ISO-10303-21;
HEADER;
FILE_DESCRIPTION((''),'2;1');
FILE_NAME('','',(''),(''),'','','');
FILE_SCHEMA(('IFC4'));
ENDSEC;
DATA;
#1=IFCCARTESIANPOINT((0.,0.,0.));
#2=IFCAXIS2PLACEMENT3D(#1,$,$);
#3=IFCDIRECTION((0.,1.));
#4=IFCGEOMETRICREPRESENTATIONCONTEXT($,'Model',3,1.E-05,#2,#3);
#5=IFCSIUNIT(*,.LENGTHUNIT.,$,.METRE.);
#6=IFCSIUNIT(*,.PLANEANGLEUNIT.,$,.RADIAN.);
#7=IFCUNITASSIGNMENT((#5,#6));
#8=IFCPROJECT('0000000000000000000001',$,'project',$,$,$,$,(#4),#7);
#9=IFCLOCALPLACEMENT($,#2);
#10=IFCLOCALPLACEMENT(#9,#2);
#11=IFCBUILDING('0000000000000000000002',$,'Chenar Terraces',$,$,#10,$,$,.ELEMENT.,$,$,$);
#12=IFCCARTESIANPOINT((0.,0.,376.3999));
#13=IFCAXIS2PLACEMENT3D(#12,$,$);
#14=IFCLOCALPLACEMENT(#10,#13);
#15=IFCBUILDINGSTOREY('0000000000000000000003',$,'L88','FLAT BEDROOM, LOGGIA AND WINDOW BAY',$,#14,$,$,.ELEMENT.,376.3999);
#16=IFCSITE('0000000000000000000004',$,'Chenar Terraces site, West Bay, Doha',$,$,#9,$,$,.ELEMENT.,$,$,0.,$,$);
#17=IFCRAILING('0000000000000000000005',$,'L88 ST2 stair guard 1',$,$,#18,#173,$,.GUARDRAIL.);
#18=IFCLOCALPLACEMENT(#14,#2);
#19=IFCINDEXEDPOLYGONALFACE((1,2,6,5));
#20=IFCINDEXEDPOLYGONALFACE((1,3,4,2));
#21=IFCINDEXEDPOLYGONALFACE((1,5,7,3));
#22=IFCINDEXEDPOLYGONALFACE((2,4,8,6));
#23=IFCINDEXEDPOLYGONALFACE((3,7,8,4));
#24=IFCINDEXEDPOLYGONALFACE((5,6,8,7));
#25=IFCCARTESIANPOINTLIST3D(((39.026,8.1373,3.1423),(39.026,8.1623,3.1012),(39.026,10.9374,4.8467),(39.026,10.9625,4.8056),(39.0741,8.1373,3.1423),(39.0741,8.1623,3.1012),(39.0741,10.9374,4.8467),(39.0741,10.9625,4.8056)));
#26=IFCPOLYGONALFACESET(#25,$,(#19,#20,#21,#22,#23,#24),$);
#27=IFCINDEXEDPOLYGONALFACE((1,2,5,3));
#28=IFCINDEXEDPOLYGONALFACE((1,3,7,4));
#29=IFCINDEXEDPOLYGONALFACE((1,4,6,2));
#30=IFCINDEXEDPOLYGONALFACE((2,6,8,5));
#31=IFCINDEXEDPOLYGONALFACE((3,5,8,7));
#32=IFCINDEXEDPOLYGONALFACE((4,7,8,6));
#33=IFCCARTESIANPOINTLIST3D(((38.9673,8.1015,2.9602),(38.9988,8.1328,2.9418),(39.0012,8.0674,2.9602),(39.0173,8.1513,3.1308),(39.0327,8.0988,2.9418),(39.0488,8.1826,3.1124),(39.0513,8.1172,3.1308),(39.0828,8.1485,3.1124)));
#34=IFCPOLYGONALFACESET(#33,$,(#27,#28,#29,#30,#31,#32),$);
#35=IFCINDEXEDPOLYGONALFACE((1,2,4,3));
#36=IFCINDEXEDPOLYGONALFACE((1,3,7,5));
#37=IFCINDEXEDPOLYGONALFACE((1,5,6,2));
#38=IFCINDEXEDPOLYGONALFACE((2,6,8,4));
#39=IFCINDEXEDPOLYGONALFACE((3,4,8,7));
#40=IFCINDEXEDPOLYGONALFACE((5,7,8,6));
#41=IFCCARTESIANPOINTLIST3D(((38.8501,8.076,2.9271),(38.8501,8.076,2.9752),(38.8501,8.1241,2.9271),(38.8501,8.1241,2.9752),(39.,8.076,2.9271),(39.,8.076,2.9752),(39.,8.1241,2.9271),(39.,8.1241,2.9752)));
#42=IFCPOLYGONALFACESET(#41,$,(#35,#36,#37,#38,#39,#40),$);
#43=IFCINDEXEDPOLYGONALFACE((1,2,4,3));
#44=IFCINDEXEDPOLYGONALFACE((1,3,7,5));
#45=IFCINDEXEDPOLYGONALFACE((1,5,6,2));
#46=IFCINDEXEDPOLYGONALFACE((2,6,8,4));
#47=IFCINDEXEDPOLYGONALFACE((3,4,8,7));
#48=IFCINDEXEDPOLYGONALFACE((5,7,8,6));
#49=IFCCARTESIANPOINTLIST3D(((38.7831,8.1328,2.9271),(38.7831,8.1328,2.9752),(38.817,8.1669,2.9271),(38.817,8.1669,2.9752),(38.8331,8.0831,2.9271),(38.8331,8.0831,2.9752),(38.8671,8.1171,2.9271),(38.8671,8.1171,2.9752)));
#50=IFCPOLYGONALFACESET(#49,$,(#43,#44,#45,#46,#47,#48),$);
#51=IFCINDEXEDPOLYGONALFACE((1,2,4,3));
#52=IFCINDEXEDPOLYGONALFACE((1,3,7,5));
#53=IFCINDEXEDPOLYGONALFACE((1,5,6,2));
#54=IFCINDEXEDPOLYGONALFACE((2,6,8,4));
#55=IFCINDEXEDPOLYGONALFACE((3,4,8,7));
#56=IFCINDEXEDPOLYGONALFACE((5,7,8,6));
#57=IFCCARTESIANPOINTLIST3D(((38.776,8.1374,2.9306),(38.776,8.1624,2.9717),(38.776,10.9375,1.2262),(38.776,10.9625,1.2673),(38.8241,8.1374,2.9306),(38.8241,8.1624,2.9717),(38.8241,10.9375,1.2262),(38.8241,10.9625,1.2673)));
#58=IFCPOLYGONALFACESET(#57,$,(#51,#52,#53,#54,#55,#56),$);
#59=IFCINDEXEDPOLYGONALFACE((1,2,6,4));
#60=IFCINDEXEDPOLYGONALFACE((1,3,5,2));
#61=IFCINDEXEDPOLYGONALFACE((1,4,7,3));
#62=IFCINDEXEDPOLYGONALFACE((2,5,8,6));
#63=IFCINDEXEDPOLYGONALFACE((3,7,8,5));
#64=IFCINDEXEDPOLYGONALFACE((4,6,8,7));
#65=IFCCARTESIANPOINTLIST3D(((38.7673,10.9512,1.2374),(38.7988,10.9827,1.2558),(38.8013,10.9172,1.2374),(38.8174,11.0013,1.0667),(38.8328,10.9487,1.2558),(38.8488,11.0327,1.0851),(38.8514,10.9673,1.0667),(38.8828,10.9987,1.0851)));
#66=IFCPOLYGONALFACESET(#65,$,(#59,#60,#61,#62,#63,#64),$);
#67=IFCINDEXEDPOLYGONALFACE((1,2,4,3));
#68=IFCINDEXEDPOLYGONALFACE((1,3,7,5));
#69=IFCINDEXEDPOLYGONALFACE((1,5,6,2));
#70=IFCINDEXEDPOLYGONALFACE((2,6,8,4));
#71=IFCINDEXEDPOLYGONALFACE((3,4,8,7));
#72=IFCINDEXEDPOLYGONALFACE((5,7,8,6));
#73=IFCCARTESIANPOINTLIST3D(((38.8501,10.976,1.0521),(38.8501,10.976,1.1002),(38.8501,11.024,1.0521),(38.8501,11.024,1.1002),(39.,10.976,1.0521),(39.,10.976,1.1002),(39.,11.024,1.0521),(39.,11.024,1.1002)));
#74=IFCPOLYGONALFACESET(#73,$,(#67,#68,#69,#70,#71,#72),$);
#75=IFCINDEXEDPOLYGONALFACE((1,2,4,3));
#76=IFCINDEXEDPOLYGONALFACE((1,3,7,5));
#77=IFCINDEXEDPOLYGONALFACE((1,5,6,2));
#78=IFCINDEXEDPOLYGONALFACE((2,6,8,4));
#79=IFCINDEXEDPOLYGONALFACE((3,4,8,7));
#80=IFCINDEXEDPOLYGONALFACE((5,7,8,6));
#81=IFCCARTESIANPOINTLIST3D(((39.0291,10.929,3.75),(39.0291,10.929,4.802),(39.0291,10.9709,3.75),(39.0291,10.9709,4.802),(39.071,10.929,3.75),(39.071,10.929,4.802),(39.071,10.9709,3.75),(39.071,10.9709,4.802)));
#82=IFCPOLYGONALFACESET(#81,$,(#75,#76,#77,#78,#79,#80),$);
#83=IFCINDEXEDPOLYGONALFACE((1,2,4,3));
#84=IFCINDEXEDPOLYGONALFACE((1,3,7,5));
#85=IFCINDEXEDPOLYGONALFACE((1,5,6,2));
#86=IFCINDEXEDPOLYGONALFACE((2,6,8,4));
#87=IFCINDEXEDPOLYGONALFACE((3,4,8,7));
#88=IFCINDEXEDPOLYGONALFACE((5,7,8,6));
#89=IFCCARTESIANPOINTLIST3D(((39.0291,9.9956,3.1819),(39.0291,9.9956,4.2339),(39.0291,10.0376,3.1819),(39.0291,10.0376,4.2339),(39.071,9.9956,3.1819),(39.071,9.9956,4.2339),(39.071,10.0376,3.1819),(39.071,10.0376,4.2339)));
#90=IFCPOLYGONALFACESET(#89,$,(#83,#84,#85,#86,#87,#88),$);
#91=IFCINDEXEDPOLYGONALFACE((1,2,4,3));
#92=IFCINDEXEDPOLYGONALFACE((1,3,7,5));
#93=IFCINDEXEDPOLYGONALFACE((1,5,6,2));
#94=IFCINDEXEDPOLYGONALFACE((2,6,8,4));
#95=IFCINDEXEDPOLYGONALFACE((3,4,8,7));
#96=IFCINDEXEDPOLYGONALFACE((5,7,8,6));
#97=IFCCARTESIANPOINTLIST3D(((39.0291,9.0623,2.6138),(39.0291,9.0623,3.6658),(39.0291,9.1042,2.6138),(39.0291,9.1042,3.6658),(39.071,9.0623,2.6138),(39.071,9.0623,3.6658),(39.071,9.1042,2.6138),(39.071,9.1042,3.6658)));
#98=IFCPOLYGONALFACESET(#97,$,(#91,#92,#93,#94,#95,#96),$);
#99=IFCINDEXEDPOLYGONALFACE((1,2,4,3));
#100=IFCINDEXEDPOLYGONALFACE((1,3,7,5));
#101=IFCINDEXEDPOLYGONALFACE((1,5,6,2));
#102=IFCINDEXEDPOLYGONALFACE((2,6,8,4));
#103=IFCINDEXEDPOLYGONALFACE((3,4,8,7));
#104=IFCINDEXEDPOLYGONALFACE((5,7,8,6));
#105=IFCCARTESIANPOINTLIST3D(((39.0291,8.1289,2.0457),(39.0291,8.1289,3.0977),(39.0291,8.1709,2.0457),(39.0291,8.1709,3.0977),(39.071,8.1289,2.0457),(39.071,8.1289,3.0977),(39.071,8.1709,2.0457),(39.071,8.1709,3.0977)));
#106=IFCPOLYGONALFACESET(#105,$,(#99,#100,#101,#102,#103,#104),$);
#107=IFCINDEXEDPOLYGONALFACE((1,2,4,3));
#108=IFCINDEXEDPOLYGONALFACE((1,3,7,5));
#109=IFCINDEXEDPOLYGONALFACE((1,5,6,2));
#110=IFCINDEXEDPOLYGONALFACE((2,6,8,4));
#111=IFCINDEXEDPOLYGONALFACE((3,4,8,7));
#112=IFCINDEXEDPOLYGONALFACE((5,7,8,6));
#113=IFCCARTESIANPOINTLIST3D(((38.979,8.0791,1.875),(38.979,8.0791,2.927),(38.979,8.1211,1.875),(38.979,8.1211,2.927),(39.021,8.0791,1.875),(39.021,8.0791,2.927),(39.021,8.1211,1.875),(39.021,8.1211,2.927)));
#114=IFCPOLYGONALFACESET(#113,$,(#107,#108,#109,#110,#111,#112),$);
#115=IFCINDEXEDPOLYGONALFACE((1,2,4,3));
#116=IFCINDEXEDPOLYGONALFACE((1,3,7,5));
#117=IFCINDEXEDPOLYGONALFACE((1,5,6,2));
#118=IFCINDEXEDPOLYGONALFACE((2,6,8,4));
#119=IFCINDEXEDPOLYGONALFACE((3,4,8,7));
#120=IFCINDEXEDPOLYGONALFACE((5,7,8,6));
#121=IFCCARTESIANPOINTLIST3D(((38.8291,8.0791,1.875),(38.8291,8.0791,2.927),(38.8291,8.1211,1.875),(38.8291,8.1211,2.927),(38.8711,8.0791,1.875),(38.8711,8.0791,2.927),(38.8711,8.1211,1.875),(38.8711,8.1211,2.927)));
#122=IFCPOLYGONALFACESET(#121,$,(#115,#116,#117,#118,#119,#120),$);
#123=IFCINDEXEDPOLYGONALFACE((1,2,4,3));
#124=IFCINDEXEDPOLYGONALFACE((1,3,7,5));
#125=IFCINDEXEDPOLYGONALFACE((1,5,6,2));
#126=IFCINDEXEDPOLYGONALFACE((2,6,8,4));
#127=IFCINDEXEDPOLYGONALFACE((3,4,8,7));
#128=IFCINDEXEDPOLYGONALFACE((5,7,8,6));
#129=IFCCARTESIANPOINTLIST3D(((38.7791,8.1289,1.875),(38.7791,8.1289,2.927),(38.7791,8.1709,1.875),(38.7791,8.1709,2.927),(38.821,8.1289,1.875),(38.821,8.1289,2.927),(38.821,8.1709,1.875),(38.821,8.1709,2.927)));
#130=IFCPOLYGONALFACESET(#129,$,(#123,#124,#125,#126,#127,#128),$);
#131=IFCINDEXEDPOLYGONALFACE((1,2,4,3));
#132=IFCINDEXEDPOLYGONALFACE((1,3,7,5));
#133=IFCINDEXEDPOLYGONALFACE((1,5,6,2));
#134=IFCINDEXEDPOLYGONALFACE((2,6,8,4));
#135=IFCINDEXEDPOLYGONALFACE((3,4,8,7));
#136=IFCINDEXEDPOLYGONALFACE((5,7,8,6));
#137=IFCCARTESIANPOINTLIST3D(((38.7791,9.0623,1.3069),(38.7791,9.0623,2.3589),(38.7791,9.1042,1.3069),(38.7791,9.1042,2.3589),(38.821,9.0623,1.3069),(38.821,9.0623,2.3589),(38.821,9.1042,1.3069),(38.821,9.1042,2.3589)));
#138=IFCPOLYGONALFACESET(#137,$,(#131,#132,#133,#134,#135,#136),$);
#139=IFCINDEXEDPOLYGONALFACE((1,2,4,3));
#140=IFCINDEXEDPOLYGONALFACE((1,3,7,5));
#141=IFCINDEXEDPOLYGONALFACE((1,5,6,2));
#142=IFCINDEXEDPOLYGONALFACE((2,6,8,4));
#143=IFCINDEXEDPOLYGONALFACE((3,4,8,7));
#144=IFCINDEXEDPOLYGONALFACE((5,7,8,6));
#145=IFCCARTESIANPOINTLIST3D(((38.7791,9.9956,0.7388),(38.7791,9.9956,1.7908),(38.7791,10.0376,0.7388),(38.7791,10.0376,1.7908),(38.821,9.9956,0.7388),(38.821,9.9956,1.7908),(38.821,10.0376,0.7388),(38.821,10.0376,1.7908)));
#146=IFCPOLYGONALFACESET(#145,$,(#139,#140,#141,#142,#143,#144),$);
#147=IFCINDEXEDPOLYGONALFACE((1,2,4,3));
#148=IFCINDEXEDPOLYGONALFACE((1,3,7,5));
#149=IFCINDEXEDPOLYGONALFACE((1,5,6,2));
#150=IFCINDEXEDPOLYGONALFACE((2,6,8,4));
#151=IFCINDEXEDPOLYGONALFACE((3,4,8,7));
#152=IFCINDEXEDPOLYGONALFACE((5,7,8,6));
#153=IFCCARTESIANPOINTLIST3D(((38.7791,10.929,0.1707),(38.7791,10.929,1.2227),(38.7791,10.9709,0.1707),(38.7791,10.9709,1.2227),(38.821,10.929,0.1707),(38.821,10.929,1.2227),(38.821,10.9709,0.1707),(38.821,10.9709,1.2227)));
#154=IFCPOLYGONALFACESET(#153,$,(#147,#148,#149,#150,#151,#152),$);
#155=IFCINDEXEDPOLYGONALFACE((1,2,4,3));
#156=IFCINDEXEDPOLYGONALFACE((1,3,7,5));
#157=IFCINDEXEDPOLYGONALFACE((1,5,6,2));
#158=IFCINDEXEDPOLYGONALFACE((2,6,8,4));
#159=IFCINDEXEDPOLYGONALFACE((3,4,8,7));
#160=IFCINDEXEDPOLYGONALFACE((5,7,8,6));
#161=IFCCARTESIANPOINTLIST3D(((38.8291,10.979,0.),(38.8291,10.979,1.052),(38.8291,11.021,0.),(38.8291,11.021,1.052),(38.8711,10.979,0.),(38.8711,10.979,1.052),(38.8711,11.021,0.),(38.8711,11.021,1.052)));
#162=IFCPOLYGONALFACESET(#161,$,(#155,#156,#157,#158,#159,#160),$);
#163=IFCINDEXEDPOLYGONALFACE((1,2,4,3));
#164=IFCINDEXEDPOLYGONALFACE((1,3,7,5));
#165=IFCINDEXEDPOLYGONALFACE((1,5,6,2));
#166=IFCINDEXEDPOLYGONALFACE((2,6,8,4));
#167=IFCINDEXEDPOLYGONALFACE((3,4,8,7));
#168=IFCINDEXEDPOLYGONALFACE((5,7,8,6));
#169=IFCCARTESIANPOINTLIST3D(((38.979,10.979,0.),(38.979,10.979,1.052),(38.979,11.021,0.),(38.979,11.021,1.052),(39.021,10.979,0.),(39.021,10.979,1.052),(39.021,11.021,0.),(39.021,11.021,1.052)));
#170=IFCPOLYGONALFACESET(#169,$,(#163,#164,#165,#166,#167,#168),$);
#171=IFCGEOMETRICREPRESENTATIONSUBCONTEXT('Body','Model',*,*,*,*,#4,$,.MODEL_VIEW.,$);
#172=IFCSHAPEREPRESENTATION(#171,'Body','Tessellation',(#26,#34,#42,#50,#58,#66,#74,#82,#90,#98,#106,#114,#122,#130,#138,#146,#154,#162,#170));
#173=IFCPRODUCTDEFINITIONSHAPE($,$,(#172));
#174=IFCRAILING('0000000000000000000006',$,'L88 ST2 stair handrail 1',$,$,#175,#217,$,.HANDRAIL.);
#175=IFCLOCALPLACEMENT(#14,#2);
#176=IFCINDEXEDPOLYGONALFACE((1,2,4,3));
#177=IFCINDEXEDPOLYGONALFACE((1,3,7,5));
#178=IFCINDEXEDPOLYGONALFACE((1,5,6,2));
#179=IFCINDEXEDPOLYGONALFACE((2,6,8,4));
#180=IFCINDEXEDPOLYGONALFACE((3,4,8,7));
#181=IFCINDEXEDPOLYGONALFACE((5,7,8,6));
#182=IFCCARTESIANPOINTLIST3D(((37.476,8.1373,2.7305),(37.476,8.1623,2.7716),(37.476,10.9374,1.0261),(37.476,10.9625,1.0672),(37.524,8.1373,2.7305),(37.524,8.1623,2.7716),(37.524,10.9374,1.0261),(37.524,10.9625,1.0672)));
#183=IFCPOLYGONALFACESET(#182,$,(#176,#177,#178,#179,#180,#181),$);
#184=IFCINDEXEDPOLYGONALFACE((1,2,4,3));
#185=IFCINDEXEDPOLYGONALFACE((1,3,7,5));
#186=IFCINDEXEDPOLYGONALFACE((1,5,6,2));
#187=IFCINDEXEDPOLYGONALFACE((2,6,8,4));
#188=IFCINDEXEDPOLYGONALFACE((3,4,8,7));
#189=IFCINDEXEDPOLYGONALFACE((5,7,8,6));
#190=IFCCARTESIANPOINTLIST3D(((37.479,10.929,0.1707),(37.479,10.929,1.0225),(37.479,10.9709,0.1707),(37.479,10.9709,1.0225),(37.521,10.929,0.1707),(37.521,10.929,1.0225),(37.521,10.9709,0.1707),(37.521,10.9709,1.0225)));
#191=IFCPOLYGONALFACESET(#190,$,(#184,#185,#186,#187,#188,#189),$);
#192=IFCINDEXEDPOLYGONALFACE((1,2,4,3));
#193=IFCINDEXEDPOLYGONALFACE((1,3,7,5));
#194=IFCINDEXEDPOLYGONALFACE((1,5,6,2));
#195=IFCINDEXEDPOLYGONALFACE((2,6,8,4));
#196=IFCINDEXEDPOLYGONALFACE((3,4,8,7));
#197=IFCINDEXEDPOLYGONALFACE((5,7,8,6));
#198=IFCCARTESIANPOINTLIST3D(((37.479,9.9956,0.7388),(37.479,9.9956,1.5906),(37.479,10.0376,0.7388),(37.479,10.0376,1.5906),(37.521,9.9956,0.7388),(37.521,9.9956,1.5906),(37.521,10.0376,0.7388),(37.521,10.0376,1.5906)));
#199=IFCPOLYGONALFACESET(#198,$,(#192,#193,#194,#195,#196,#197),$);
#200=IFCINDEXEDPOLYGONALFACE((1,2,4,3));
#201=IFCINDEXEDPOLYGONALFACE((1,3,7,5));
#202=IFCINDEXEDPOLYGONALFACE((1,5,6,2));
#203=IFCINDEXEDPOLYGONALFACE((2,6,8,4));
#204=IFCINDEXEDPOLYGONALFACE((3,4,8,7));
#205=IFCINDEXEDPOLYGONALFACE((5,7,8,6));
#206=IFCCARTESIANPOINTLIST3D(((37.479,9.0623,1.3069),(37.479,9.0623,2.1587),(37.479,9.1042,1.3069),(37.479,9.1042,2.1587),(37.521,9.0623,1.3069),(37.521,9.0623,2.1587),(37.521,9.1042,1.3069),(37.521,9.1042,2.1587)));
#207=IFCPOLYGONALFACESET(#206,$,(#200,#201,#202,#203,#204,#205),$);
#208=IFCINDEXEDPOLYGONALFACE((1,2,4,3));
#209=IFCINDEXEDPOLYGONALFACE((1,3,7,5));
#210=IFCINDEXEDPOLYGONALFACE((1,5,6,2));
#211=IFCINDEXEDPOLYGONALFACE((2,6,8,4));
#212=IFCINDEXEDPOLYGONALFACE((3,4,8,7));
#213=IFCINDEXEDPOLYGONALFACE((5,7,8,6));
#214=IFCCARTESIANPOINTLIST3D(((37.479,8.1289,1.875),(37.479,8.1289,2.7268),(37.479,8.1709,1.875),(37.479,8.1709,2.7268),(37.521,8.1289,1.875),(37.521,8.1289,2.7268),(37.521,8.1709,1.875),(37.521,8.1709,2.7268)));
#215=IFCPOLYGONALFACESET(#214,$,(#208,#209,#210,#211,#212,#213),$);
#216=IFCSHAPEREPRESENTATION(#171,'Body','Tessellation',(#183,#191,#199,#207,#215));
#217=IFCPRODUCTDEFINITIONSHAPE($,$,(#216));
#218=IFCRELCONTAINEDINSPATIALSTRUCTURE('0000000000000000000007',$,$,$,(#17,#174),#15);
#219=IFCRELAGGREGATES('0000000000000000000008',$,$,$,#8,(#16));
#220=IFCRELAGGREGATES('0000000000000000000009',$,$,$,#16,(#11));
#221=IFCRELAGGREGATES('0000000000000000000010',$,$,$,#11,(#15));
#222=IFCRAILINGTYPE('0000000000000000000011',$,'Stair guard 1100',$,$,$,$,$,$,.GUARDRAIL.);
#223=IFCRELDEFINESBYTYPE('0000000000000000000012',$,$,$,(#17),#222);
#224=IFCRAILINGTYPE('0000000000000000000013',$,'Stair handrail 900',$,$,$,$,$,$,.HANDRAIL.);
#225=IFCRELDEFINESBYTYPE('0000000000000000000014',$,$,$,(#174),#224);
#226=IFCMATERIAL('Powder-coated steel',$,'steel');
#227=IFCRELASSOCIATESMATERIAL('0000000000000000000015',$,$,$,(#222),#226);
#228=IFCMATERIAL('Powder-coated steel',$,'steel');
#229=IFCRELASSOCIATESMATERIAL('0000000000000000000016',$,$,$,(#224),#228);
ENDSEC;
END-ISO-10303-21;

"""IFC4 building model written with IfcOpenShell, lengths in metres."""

from ifc_helpers import new_model, si_unit, direction, frame, origin, origin_2d, place, context, subcontext, project, spatial, rectangle, extrude, material, type_object, element, save


model = new_model("IFC4")

# Units and contexts
model_context = context("Model", 3, precision=1e-05, world=origin(), true_north=direction((0.0, 1.0)))
body_context = subcontext(model_context, "Body", "Model", "MODEL_VIEW")
ifc_project = project(units=[si_unit("LENGTHUNIT", "METRE"), si_unit("PLANEANGLEUNIT", "RADIAN")], contexts=[model_context])

# Site, building, storey
site_placement = place(None, origin())
site = spatial("IfcSite", under=ifc_project, at=site_placement, Name="Chenar Terraces site, West Bay, Doha", CompositionType="ELEMENT", RefElevation=0.0)
building_placement = place(site_placement, origin())
building = spatial("IfcBuilding", under=site, at=building_placement, Name="Chenar Terraces", CompositionType="ELEMENT")
storey_placement = place(building_placement, frame((0.0, 0.0, 376.3999)))
storey = spatial("IfcBuildingStorey", under=building, at=storey_placement, Name="L88", Description="FLAT BEDROOM, LOGGIA AND WINDOW BAY", CompositionType="ELEMENT", Elevation=376.3999)

# Railings
ifc_material_1 = material(Name="Powder-coated steel", Category="steel")
railing_type_1 = type_object("IfcRailingType", Name="Stair guard 1100", PredefinedType="GUARDRAIL", material=ifc_material_1)
railing_1_placement = place(storey_placement, frame((39.05, 10.95, 3.75)))
element("IfcRailing", 1, at=railing_1_placement, inside=storey, type_object=railing_type_1, Name="L88 ST2 stair guard 1", PredefinedType="GUARDRAIL", context=body_context, shape_type="SweptSolid", body=[
    extrude(rectangle(XDim=0.0481, YDim=0.0481, at=origin_2d()), frame((0.0, 0.0, 1.0762), z_axis=(0.0, -0.854203, -0.51994), x_axis=(1.0, 0.0, 0.0)), (0.0, 0.0, 1.0), 3.2781),
    extrude(rectangle(XDim=0.0481, YDim=0.0481, at=origin_2d()), frame((0.0, -2.8, -0.6284), z_axis=(-0.270997, -0.269675, -0.924033), x_axis=(0.705376, -0.708834, 0.0)), (0.0, 0.0, 1.0), 0.1846),
    extrude(rectangle(XDim=0.0481, YDim=0.0481, at=origin_2d()), frame((-0.05, -2.8499, -0.7988), z_axis=(-1.0, 0.0, 0.0), x_axis=(0.0, -1.0, 0.0)), (0.0, 0.0, 1.0), 0.1499),
    extrude(rectangle(XDim=0.0481, YDim=0.0481, at=origin_2d()), frame((-0.2, -2.8499, -0.7988), z_axis=(-0.708834, 0.705376, 0.0), x_axis=(-0.705376, -0.708834, 0.0)), (0.0, 0.0, 1.0), 0.0706),
    extrude(rectangle(XDim=0.0481, YDim=0.0481, at=origin_2d()), frame((-0.25, -2.8, -0.7988), z_axis=(0.0, 0.854203, -0.51994), x_axis=(-1.0, 0.0, 0.0)), (0.0, 0.0, 1.0), 3.2781),
    extrude(rectangle(XDim=0.0481, YDim=0.0481, at=origin_2d()), frame((-0.25, 0.0, -2.5034), z_axis=(0.2709, 0.2709, -0.923703), x_axis=(-0.707107, 0.707107, 0.0)), (0.0, 0.0, 1.0), 0.1848),
    extrude(rectangle(XDim=0.0481, YDim=0.0481, at=origin_2d()), frame((-0.2, 0.05, -2.6738), z_axis=(1.0, 0.0, 0.0), x_axis=(0.0, 1.0, 0.0)), (0.0, 0.0, 1.0), 0.1499),
    extrude(rectangle(XDim=0.042, YDim=0.042, at=origin_2d()), origin(), (0.0, 0.0, 1.0), 1.052),
    extrude(rectangle(XDim=0.042, YDim=0.042, at=origin_2d()), frame((0.0, -0.9333, -0.5681)), (0.0, 0.0, 1.0), 1.052),
    extrude(rectangle(XDim=0.042, YDim=0.042, at=origin_2d()), frame((0.0, -1.8667, -1.1362)), (0.0, 0.0, 1.0), 1.052),
    extrude(rectangle(XDim=0.042, YDim=0.042, at=origin_2d()), frame((0.0, -2.8, -1.7043)), (0.0, 0.0, 1.0), 1.052),
    extrude(rectangle(XDim=0.042, YDim=0.042, at=origin_2d()), frame((-0.05, -2.8499, -1.875)), (0.0, 0.0, 1.0), 1.052),
    extrude(rectangle(XDim=0.042, YDim=0.042, at=origin_2d()), frame((-0.2, -2.8499, -1.875)), (0.0, 0.0, 1.0), 1.052),
    extrude(rectangle(XDim=0.042, YDim=0.042, at=origin_2d()), frame((-0.25, -2.8, -1.875)), (0.0, 0.0, 1.0), 1.052),
    extrude(rectangle(XDim=0.042, YDim=0.042, at=origin_2d()), frame((-0.25, -1.8667, -2.4431)), (0.0, 0.0, 1.0), 1.052),
    extrude(rectangle(XDim=0.042, YDim=0.042, at=origin_2d()), frame((-0.25, -0.9333, -3.0112)), (0.0, 0.0, 1.0), 1.052),
    extrude(rectangle(XDim=0.042, YDim=0.042, at=origin_2d()), frame((-0.25, 0.0, -3.5793)), (0.0, 0.0, 1.0), 1.052),
    extrude(rectangle(XDim=0.042, YDim=0.042, at=origin_2d()), frame((-0.2, 0.05, -3.75)), (0.0, 0.0, 1.0), 1.052),
    extrude(rectangle(XDim=0.042, YDim=0.042, at=origin_2d()), frame((-0.05, 0.05, -3.75)), (0.0, 0.0, 1.0), 1.052),
])
ifc_material_2 = material(Name="Powder-coated steel", Category="steel")
railing_type_2 = type_object("IfcRailingType", Name="Stair handrail 900", PredefinedType="HANDRAIL", material=ifc_material_2)
railing_2_placement = place(storey_placement, frame((37.5, 10.95, 0.1707)))
element("IfcRailing", 2, at=railing_2_placement, inside=storey, type_object=railing_type_2, Name="L88 ST2 stair handrail 1", PredefinedType="HANDRAIL", context=body_context, shape_type="SweptSolid", body=[
    extrude(rectangle(XDim=0.0481, YDim=0.0481, at=origin_2d()), frame((0.0, 0.0, 0.876), z_axis=(0.0, -0.854203, 0.51994), x_axis=(1.0, 0.0, 0.0)), (0.0, 0.0, 1.0), 3.2781),
    extrude(rectangle(XDim=0.042, YDim=0.042, at=origin_2d()), origin(), (0.0, 0.0, 1.0), 0.8518),
    extrude(rectangle(XDim=0.042, YDim=0.042, at=origin_2d()), frame((0.0, -0.9333, 0.5681)), (0.0, 0.0, 1.0), 0.8518),
    extrude(rectangle(XDim=0.042, YDim=0.042, at=origin_2d()), frame((0.0, -1.8667, 1.1362)), (0.0, 0.0, 1.0), 0.8518),
    extrude(rectangle(XDim=0.042, YDim=0.042, at=origin_2d()), frame((0.0, -2.8, 1.7043)), (0.0, 0.0, 1.0), 0.8518),
])

save(model, "model.ifc")
